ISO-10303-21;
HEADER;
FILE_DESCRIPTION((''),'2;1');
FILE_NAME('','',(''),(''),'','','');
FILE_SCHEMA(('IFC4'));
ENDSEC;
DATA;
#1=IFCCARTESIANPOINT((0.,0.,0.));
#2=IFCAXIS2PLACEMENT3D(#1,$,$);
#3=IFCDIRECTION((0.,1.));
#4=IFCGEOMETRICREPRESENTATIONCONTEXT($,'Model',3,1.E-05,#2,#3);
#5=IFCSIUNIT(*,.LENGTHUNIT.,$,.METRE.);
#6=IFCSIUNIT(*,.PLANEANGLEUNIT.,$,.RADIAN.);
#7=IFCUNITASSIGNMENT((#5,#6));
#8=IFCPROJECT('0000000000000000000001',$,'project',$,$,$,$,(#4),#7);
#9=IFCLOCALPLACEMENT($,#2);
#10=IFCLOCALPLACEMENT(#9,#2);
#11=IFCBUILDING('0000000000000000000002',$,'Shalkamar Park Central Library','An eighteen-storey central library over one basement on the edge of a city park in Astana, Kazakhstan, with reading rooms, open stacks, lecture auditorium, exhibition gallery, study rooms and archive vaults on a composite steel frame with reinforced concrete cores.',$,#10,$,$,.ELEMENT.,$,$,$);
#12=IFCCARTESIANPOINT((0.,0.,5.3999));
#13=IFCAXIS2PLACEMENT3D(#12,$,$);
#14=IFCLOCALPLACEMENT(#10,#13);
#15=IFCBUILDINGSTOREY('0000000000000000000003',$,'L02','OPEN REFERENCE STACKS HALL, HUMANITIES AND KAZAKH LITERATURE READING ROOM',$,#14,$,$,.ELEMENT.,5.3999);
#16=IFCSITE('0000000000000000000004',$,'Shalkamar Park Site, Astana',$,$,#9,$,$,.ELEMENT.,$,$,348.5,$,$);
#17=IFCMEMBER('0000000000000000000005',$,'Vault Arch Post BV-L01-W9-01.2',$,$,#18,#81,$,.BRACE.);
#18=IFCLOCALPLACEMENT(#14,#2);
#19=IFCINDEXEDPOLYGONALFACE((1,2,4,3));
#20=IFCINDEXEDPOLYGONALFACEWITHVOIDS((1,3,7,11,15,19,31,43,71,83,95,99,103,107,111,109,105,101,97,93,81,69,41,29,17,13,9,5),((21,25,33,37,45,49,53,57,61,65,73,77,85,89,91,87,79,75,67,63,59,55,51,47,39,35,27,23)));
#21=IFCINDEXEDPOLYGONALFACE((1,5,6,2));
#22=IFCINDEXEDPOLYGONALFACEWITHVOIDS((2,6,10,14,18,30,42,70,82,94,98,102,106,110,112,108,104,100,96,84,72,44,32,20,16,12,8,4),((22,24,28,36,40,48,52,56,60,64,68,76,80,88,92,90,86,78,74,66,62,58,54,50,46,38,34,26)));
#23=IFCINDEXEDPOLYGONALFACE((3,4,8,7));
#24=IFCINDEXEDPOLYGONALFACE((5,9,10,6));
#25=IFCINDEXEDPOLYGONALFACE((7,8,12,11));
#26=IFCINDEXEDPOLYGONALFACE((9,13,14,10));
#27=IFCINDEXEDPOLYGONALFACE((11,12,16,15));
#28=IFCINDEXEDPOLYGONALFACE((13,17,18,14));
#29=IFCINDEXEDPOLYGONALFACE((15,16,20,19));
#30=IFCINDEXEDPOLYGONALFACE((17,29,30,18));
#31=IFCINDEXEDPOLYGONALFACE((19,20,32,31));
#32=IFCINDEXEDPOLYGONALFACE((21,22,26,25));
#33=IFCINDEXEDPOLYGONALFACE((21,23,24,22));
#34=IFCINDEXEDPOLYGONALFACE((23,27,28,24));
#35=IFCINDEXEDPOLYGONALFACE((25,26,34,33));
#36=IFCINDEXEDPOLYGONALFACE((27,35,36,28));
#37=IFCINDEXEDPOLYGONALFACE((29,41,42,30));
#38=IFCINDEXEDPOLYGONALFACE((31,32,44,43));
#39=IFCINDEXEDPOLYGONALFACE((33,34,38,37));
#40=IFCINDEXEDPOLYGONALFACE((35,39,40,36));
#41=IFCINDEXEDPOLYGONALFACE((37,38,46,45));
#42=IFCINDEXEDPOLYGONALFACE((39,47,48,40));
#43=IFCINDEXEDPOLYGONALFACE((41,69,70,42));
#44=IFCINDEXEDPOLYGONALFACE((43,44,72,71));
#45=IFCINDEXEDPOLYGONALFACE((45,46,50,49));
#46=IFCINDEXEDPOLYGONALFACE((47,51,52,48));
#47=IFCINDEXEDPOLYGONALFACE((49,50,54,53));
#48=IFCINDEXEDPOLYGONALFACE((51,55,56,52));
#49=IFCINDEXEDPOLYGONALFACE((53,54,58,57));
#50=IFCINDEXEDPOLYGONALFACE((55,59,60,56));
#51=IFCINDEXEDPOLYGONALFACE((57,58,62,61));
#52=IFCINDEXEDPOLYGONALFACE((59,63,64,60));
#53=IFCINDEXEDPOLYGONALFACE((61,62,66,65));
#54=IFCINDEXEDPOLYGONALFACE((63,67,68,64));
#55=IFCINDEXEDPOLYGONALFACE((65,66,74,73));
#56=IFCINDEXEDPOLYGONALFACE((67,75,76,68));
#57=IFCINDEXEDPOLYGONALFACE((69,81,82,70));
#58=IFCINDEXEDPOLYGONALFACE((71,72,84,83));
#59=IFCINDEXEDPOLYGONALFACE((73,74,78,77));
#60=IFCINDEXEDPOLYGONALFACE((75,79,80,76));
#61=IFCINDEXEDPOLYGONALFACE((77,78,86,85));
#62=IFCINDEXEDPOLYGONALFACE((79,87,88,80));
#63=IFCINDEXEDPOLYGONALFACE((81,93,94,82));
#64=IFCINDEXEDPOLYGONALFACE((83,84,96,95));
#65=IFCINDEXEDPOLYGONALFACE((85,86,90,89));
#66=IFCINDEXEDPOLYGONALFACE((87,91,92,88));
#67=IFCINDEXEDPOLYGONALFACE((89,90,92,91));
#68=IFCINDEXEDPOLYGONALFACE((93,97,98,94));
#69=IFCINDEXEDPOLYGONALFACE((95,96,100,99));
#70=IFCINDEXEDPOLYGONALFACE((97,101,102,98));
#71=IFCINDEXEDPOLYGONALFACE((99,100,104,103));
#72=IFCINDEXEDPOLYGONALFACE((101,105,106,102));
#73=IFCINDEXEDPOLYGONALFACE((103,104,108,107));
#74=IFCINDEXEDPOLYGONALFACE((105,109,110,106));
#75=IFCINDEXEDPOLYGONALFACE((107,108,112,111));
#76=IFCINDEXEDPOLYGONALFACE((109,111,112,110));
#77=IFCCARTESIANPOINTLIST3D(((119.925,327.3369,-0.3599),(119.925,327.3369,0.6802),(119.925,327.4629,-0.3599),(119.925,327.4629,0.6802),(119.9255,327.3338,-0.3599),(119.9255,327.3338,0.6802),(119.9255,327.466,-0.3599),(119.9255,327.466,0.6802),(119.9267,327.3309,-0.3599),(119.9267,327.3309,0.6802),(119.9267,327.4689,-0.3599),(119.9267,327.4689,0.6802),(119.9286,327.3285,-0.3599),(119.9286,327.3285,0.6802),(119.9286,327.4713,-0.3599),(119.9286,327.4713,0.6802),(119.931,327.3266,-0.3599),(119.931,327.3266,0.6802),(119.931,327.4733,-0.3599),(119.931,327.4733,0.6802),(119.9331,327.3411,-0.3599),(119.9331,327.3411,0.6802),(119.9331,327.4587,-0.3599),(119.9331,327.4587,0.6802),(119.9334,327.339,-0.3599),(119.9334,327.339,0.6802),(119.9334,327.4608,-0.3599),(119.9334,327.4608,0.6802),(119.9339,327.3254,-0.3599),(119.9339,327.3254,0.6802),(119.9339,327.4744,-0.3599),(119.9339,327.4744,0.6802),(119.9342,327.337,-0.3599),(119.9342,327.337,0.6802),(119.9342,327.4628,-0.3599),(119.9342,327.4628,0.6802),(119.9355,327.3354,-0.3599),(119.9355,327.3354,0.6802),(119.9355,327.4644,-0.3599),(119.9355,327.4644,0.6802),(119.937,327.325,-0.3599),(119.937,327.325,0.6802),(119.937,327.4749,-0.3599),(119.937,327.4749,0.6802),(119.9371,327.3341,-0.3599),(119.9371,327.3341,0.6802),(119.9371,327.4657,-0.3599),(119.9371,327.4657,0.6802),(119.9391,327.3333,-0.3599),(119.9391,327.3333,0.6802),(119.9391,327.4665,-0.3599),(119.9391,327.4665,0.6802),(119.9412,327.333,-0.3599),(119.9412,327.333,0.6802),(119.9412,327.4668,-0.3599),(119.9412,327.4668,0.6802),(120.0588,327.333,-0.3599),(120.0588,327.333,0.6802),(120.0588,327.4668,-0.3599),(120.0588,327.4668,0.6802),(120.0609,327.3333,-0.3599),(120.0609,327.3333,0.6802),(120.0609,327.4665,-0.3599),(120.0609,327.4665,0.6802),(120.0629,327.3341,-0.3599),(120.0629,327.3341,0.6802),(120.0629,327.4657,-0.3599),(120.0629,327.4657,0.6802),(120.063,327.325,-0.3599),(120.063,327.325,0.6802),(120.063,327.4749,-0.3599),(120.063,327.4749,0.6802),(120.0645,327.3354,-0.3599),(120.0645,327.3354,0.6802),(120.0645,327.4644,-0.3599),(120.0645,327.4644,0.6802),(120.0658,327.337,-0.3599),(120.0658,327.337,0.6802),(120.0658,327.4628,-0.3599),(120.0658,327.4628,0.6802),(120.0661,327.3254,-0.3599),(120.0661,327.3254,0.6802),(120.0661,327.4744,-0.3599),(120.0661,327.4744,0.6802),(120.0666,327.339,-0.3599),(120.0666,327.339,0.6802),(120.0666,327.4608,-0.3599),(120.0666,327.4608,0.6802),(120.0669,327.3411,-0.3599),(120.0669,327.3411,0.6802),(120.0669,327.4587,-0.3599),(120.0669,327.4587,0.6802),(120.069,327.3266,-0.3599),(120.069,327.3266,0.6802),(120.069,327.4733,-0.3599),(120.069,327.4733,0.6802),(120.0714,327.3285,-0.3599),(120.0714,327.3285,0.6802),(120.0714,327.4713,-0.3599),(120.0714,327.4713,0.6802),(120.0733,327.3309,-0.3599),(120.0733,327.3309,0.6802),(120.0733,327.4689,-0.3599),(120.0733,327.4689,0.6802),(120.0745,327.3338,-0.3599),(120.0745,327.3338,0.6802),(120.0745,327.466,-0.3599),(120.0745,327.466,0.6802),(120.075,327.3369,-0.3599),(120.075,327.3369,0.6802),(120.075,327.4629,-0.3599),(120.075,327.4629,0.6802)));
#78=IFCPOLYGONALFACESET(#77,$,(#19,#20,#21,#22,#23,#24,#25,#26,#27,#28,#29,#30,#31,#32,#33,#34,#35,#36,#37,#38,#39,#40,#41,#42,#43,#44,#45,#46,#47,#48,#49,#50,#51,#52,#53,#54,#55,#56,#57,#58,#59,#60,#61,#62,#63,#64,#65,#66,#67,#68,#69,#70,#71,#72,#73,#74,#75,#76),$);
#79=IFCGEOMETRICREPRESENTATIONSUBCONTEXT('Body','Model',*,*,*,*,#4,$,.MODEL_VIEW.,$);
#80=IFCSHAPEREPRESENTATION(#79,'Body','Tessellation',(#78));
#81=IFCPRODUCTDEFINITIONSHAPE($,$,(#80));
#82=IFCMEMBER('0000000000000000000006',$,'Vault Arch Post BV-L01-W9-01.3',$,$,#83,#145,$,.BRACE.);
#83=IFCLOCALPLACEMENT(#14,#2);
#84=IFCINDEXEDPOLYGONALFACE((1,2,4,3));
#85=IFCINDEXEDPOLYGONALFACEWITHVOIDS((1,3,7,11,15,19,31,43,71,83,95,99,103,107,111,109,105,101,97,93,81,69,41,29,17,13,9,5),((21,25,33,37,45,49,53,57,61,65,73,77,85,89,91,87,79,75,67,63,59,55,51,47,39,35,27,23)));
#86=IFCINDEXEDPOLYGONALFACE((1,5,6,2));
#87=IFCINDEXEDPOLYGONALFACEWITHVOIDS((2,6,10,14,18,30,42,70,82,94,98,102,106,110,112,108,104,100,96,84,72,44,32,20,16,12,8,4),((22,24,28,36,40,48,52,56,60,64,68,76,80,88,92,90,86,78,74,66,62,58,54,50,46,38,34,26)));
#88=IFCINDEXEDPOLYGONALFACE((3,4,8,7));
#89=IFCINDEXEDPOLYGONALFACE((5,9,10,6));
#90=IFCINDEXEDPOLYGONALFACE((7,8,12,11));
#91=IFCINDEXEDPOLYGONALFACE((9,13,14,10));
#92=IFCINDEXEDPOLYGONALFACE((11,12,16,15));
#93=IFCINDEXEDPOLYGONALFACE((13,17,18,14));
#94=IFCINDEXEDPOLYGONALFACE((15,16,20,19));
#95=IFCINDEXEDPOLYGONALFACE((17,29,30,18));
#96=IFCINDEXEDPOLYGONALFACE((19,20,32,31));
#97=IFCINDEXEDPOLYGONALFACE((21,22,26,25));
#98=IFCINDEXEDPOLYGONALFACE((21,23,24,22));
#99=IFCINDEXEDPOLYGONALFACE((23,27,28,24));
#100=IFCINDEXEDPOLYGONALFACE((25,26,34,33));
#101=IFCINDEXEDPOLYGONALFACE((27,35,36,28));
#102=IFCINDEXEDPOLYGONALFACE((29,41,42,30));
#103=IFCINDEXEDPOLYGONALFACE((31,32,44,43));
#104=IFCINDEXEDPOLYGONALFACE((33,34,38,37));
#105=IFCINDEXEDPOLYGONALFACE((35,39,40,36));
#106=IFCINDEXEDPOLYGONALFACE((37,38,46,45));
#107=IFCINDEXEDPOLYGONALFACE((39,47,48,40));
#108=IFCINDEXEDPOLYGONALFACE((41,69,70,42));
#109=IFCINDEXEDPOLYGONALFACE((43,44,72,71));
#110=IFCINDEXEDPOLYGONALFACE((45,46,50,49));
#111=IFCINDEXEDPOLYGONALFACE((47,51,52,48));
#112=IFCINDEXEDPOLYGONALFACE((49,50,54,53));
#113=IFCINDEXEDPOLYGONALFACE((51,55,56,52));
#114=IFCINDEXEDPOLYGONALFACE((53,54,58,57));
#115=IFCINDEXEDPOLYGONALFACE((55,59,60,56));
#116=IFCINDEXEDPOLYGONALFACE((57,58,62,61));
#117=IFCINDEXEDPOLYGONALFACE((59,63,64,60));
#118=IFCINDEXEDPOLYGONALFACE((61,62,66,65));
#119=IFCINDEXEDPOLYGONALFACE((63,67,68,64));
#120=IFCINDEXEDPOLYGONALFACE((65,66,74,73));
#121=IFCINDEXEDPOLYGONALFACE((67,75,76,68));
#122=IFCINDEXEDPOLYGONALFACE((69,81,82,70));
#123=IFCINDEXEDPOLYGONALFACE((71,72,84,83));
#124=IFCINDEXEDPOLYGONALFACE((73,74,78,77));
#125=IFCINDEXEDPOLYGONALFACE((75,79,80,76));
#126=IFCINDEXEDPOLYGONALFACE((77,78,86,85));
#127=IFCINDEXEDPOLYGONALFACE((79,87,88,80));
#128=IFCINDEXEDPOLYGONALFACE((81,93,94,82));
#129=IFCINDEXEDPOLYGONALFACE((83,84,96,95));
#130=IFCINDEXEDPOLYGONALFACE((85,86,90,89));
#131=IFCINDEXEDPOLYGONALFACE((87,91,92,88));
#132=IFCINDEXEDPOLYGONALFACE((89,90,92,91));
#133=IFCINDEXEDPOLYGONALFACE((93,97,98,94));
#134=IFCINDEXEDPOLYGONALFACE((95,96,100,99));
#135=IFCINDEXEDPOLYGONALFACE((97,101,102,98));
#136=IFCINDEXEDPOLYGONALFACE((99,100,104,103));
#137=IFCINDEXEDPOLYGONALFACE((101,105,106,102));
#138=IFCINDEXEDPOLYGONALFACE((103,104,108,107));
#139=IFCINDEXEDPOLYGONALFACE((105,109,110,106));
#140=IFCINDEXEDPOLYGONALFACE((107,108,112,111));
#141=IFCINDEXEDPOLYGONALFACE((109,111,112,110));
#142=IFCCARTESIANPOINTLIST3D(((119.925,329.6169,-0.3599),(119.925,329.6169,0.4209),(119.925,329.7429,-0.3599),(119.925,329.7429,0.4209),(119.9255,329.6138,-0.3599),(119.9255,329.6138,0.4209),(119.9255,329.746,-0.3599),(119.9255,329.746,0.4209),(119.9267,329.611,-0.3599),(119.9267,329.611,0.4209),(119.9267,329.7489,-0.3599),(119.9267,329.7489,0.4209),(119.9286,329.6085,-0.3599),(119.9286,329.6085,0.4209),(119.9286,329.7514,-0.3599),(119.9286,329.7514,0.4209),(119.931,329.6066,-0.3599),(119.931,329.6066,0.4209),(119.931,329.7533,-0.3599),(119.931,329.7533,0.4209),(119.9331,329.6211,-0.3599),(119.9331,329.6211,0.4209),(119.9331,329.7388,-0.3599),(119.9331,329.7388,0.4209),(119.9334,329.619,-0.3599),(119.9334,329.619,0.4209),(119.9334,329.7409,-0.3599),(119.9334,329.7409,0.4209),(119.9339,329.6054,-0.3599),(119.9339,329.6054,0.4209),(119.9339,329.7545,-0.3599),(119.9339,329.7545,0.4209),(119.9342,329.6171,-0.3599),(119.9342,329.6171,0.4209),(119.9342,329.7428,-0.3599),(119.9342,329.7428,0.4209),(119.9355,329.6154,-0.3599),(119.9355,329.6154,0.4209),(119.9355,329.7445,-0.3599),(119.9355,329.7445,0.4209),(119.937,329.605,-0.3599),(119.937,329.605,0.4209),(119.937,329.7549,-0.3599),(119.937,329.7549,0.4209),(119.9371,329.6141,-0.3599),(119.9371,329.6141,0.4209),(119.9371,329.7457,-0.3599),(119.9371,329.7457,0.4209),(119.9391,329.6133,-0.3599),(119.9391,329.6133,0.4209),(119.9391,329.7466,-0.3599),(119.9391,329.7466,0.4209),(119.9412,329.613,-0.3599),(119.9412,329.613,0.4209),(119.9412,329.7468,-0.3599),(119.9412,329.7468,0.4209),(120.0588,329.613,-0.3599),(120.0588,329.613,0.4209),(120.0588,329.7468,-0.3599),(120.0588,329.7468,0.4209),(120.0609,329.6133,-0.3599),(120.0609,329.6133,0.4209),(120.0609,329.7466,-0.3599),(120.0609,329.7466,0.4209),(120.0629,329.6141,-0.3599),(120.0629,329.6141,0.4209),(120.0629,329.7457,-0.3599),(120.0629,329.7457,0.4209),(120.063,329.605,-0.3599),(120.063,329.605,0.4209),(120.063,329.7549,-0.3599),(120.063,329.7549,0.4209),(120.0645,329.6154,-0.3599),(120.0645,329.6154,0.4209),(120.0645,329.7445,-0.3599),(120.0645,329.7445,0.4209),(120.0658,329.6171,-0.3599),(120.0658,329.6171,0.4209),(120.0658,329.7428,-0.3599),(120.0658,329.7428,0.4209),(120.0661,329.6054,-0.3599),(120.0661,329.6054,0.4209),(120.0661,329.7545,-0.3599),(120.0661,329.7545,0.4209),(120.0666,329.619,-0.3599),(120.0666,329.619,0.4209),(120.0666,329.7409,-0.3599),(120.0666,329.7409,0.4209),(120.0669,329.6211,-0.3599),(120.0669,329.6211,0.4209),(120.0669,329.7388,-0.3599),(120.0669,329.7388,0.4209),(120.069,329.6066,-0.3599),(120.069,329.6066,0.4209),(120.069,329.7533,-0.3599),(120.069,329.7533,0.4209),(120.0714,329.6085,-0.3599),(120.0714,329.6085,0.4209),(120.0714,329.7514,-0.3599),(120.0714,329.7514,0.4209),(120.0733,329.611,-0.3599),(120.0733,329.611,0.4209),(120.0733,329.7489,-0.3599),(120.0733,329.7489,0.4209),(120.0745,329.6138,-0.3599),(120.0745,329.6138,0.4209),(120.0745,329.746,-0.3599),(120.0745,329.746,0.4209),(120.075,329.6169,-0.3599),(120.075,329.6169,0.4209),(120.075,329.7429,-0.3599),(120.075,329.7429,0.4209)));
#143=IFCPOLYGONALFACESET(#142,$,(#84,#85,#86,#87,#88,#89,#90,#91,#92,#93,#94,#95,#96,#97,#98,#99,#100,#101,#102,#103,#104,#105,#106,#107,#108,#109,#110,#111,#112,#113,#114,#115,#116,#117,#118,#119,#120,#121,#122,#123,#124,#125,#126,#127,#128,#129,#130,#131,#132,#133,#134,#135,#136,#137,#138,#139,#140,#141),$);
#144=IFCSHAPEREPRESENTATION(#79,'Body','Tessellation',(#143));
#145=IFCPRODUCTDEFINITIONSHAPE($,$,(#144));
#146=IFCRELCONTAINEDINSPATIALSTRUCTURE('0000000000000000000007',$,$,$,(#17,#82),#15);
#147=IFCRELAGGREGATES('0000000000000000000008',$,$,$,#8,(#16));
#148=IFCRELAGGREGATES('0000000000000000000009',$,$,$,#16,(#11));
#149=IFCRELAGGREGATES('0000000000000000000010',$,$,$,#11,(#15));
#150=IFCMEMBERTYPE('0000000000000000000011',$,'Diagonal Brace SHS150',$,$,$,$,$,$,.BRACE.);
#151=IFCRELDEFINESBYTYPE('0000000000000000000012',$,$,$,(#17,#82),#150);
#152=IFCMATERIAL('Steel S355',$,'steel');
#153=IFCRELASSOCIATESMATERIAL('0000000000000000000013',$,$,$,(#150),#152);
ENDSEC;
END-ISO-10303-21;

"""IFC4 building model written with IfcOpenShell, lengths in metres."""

from ifc_helpers import new_model, si_unit, direction, frame, origin, origin_2d, place, context, subcontext, project, spatial, hollow_rectangle, extrude, material, material_profile, profile_set, type_object, element, save


model = new_model("IFC4")

# Units and contexts
model_context = context("Model", 3, precision=1e-05, world=origin(), true_north=direction((0.0, 1.0)))
body_context = subcontext(model_context, "Body", "Model", "MODEL_VIEW")
ifc_project = project(units=[si_unit("LENGTHUNIT", "METRE"), si_unit("PLANEANGLEUNIT", "RADIAN")], contexts=[model_context])

# Site, building, storey
site_placement = place(None, origin())
site = spatial("IfcSite", under=ifc_project, at=site_placement, Name="Shalkamar Park Site, Astana", CompositionType="ELEMENT", RefElevation=348.5)
building_placement = place(site_placement, origin())
building = spatial("IfcBuilding", under=site, at=building_placement, Name="Shalkamar Park Central Library", Description="An eighteen-storey central library over one basement on the edge of a city park in Astana, Kazakhstan, with reading rooms, open stacks, lecture auditorium, exhibition gallery, study rooms and archive vaults on a composite steel frame with reinforced concrete cores.", CompositionType="ELEMENT")
storey_placement = place(building_placement, frame((0.0, 0.0, 5.3999)))
storey = spatial("IfcBuildingStorey", under=building, at=storey_placement, Name="L02", Description="OPEN REFERENCE STACKS HALL, HUMANITIES AND KAZAKH LITERATURE READING ROOM", CompositionType="ELEMENT", Elevation=5.3999)

# Members
ifc_material_1 = material(Name="Steel S355", Category="steel")
ifc_material_profile_1 = material_profile(ifc_material_1, hollow_rectangle(XDim=0.1499, YDim=0.1499, WallThickness=0.0081, InnerFilletRadius=0.0081, OuterFilletRadius=0.012, at=origin_2d()), Name="SHS 150x150x8")
ifc_profile_set_1 = profile_set([ifc_material_profile_1], Name="Steel S355")
member_type_1 = type_object("IfcMemberType", Name="Diagonal Brace SHS150", PredefinedType="BRACE", material=ifc_profile_set_1)
member_1_placement = place(storey_placement, frame((120.0, 327.3999, -0.3599), z_axis=(0.0, 0.0, 1.0), x_axis=(1.0, 0.0, 0.0)))
element("IfcMember", 1, at=member_1_placement, inside=storey, type_object=member_type_1, Name="Vault Arch Post BV-L01-W9-01.2", PredefinedType="BRACE", context=body_context, shape_type="SweptSolid", body=[
    extrude(hollow_rectangle(XDim=0.1499, YDim=0.1499, WallThickness=0.0081, InnerFilletRadius=0.0081, OuterFilletRadius=0.012, at=origin_2d()), origin(), (0.0, 0.0, 1.0), 1.04),
])
for number, where, z_axis, x_axis, name in (
    (2, (120.0, 329.6799, -0.3599), (0.0, 0.0, 1.0), (1.0, 0.0, 0.0), "Vault Arch Post BV-L01-W9-01.3"),
):
    element("IfcMember", number, at=place(storey_placement, frame(where, z_axis=z_axis, x_axis=x_axis)), inside=storey, type_object=member_type_1, Name=name, PredefinedType="BRACE", context=body_context, shape_type="SweptSolid", body=[
        extrude(hollow_rectangle(XDim=0.1499, YDim=0.1499, WallThickness=0.0081, InnerFilletRadius=0.0081, OuterFilletRadius=0.012, at=origin_2d()), origin(), (0.0, 0.0, 1.0), 0.7808),
    ])

save(model, "model.ifc")
